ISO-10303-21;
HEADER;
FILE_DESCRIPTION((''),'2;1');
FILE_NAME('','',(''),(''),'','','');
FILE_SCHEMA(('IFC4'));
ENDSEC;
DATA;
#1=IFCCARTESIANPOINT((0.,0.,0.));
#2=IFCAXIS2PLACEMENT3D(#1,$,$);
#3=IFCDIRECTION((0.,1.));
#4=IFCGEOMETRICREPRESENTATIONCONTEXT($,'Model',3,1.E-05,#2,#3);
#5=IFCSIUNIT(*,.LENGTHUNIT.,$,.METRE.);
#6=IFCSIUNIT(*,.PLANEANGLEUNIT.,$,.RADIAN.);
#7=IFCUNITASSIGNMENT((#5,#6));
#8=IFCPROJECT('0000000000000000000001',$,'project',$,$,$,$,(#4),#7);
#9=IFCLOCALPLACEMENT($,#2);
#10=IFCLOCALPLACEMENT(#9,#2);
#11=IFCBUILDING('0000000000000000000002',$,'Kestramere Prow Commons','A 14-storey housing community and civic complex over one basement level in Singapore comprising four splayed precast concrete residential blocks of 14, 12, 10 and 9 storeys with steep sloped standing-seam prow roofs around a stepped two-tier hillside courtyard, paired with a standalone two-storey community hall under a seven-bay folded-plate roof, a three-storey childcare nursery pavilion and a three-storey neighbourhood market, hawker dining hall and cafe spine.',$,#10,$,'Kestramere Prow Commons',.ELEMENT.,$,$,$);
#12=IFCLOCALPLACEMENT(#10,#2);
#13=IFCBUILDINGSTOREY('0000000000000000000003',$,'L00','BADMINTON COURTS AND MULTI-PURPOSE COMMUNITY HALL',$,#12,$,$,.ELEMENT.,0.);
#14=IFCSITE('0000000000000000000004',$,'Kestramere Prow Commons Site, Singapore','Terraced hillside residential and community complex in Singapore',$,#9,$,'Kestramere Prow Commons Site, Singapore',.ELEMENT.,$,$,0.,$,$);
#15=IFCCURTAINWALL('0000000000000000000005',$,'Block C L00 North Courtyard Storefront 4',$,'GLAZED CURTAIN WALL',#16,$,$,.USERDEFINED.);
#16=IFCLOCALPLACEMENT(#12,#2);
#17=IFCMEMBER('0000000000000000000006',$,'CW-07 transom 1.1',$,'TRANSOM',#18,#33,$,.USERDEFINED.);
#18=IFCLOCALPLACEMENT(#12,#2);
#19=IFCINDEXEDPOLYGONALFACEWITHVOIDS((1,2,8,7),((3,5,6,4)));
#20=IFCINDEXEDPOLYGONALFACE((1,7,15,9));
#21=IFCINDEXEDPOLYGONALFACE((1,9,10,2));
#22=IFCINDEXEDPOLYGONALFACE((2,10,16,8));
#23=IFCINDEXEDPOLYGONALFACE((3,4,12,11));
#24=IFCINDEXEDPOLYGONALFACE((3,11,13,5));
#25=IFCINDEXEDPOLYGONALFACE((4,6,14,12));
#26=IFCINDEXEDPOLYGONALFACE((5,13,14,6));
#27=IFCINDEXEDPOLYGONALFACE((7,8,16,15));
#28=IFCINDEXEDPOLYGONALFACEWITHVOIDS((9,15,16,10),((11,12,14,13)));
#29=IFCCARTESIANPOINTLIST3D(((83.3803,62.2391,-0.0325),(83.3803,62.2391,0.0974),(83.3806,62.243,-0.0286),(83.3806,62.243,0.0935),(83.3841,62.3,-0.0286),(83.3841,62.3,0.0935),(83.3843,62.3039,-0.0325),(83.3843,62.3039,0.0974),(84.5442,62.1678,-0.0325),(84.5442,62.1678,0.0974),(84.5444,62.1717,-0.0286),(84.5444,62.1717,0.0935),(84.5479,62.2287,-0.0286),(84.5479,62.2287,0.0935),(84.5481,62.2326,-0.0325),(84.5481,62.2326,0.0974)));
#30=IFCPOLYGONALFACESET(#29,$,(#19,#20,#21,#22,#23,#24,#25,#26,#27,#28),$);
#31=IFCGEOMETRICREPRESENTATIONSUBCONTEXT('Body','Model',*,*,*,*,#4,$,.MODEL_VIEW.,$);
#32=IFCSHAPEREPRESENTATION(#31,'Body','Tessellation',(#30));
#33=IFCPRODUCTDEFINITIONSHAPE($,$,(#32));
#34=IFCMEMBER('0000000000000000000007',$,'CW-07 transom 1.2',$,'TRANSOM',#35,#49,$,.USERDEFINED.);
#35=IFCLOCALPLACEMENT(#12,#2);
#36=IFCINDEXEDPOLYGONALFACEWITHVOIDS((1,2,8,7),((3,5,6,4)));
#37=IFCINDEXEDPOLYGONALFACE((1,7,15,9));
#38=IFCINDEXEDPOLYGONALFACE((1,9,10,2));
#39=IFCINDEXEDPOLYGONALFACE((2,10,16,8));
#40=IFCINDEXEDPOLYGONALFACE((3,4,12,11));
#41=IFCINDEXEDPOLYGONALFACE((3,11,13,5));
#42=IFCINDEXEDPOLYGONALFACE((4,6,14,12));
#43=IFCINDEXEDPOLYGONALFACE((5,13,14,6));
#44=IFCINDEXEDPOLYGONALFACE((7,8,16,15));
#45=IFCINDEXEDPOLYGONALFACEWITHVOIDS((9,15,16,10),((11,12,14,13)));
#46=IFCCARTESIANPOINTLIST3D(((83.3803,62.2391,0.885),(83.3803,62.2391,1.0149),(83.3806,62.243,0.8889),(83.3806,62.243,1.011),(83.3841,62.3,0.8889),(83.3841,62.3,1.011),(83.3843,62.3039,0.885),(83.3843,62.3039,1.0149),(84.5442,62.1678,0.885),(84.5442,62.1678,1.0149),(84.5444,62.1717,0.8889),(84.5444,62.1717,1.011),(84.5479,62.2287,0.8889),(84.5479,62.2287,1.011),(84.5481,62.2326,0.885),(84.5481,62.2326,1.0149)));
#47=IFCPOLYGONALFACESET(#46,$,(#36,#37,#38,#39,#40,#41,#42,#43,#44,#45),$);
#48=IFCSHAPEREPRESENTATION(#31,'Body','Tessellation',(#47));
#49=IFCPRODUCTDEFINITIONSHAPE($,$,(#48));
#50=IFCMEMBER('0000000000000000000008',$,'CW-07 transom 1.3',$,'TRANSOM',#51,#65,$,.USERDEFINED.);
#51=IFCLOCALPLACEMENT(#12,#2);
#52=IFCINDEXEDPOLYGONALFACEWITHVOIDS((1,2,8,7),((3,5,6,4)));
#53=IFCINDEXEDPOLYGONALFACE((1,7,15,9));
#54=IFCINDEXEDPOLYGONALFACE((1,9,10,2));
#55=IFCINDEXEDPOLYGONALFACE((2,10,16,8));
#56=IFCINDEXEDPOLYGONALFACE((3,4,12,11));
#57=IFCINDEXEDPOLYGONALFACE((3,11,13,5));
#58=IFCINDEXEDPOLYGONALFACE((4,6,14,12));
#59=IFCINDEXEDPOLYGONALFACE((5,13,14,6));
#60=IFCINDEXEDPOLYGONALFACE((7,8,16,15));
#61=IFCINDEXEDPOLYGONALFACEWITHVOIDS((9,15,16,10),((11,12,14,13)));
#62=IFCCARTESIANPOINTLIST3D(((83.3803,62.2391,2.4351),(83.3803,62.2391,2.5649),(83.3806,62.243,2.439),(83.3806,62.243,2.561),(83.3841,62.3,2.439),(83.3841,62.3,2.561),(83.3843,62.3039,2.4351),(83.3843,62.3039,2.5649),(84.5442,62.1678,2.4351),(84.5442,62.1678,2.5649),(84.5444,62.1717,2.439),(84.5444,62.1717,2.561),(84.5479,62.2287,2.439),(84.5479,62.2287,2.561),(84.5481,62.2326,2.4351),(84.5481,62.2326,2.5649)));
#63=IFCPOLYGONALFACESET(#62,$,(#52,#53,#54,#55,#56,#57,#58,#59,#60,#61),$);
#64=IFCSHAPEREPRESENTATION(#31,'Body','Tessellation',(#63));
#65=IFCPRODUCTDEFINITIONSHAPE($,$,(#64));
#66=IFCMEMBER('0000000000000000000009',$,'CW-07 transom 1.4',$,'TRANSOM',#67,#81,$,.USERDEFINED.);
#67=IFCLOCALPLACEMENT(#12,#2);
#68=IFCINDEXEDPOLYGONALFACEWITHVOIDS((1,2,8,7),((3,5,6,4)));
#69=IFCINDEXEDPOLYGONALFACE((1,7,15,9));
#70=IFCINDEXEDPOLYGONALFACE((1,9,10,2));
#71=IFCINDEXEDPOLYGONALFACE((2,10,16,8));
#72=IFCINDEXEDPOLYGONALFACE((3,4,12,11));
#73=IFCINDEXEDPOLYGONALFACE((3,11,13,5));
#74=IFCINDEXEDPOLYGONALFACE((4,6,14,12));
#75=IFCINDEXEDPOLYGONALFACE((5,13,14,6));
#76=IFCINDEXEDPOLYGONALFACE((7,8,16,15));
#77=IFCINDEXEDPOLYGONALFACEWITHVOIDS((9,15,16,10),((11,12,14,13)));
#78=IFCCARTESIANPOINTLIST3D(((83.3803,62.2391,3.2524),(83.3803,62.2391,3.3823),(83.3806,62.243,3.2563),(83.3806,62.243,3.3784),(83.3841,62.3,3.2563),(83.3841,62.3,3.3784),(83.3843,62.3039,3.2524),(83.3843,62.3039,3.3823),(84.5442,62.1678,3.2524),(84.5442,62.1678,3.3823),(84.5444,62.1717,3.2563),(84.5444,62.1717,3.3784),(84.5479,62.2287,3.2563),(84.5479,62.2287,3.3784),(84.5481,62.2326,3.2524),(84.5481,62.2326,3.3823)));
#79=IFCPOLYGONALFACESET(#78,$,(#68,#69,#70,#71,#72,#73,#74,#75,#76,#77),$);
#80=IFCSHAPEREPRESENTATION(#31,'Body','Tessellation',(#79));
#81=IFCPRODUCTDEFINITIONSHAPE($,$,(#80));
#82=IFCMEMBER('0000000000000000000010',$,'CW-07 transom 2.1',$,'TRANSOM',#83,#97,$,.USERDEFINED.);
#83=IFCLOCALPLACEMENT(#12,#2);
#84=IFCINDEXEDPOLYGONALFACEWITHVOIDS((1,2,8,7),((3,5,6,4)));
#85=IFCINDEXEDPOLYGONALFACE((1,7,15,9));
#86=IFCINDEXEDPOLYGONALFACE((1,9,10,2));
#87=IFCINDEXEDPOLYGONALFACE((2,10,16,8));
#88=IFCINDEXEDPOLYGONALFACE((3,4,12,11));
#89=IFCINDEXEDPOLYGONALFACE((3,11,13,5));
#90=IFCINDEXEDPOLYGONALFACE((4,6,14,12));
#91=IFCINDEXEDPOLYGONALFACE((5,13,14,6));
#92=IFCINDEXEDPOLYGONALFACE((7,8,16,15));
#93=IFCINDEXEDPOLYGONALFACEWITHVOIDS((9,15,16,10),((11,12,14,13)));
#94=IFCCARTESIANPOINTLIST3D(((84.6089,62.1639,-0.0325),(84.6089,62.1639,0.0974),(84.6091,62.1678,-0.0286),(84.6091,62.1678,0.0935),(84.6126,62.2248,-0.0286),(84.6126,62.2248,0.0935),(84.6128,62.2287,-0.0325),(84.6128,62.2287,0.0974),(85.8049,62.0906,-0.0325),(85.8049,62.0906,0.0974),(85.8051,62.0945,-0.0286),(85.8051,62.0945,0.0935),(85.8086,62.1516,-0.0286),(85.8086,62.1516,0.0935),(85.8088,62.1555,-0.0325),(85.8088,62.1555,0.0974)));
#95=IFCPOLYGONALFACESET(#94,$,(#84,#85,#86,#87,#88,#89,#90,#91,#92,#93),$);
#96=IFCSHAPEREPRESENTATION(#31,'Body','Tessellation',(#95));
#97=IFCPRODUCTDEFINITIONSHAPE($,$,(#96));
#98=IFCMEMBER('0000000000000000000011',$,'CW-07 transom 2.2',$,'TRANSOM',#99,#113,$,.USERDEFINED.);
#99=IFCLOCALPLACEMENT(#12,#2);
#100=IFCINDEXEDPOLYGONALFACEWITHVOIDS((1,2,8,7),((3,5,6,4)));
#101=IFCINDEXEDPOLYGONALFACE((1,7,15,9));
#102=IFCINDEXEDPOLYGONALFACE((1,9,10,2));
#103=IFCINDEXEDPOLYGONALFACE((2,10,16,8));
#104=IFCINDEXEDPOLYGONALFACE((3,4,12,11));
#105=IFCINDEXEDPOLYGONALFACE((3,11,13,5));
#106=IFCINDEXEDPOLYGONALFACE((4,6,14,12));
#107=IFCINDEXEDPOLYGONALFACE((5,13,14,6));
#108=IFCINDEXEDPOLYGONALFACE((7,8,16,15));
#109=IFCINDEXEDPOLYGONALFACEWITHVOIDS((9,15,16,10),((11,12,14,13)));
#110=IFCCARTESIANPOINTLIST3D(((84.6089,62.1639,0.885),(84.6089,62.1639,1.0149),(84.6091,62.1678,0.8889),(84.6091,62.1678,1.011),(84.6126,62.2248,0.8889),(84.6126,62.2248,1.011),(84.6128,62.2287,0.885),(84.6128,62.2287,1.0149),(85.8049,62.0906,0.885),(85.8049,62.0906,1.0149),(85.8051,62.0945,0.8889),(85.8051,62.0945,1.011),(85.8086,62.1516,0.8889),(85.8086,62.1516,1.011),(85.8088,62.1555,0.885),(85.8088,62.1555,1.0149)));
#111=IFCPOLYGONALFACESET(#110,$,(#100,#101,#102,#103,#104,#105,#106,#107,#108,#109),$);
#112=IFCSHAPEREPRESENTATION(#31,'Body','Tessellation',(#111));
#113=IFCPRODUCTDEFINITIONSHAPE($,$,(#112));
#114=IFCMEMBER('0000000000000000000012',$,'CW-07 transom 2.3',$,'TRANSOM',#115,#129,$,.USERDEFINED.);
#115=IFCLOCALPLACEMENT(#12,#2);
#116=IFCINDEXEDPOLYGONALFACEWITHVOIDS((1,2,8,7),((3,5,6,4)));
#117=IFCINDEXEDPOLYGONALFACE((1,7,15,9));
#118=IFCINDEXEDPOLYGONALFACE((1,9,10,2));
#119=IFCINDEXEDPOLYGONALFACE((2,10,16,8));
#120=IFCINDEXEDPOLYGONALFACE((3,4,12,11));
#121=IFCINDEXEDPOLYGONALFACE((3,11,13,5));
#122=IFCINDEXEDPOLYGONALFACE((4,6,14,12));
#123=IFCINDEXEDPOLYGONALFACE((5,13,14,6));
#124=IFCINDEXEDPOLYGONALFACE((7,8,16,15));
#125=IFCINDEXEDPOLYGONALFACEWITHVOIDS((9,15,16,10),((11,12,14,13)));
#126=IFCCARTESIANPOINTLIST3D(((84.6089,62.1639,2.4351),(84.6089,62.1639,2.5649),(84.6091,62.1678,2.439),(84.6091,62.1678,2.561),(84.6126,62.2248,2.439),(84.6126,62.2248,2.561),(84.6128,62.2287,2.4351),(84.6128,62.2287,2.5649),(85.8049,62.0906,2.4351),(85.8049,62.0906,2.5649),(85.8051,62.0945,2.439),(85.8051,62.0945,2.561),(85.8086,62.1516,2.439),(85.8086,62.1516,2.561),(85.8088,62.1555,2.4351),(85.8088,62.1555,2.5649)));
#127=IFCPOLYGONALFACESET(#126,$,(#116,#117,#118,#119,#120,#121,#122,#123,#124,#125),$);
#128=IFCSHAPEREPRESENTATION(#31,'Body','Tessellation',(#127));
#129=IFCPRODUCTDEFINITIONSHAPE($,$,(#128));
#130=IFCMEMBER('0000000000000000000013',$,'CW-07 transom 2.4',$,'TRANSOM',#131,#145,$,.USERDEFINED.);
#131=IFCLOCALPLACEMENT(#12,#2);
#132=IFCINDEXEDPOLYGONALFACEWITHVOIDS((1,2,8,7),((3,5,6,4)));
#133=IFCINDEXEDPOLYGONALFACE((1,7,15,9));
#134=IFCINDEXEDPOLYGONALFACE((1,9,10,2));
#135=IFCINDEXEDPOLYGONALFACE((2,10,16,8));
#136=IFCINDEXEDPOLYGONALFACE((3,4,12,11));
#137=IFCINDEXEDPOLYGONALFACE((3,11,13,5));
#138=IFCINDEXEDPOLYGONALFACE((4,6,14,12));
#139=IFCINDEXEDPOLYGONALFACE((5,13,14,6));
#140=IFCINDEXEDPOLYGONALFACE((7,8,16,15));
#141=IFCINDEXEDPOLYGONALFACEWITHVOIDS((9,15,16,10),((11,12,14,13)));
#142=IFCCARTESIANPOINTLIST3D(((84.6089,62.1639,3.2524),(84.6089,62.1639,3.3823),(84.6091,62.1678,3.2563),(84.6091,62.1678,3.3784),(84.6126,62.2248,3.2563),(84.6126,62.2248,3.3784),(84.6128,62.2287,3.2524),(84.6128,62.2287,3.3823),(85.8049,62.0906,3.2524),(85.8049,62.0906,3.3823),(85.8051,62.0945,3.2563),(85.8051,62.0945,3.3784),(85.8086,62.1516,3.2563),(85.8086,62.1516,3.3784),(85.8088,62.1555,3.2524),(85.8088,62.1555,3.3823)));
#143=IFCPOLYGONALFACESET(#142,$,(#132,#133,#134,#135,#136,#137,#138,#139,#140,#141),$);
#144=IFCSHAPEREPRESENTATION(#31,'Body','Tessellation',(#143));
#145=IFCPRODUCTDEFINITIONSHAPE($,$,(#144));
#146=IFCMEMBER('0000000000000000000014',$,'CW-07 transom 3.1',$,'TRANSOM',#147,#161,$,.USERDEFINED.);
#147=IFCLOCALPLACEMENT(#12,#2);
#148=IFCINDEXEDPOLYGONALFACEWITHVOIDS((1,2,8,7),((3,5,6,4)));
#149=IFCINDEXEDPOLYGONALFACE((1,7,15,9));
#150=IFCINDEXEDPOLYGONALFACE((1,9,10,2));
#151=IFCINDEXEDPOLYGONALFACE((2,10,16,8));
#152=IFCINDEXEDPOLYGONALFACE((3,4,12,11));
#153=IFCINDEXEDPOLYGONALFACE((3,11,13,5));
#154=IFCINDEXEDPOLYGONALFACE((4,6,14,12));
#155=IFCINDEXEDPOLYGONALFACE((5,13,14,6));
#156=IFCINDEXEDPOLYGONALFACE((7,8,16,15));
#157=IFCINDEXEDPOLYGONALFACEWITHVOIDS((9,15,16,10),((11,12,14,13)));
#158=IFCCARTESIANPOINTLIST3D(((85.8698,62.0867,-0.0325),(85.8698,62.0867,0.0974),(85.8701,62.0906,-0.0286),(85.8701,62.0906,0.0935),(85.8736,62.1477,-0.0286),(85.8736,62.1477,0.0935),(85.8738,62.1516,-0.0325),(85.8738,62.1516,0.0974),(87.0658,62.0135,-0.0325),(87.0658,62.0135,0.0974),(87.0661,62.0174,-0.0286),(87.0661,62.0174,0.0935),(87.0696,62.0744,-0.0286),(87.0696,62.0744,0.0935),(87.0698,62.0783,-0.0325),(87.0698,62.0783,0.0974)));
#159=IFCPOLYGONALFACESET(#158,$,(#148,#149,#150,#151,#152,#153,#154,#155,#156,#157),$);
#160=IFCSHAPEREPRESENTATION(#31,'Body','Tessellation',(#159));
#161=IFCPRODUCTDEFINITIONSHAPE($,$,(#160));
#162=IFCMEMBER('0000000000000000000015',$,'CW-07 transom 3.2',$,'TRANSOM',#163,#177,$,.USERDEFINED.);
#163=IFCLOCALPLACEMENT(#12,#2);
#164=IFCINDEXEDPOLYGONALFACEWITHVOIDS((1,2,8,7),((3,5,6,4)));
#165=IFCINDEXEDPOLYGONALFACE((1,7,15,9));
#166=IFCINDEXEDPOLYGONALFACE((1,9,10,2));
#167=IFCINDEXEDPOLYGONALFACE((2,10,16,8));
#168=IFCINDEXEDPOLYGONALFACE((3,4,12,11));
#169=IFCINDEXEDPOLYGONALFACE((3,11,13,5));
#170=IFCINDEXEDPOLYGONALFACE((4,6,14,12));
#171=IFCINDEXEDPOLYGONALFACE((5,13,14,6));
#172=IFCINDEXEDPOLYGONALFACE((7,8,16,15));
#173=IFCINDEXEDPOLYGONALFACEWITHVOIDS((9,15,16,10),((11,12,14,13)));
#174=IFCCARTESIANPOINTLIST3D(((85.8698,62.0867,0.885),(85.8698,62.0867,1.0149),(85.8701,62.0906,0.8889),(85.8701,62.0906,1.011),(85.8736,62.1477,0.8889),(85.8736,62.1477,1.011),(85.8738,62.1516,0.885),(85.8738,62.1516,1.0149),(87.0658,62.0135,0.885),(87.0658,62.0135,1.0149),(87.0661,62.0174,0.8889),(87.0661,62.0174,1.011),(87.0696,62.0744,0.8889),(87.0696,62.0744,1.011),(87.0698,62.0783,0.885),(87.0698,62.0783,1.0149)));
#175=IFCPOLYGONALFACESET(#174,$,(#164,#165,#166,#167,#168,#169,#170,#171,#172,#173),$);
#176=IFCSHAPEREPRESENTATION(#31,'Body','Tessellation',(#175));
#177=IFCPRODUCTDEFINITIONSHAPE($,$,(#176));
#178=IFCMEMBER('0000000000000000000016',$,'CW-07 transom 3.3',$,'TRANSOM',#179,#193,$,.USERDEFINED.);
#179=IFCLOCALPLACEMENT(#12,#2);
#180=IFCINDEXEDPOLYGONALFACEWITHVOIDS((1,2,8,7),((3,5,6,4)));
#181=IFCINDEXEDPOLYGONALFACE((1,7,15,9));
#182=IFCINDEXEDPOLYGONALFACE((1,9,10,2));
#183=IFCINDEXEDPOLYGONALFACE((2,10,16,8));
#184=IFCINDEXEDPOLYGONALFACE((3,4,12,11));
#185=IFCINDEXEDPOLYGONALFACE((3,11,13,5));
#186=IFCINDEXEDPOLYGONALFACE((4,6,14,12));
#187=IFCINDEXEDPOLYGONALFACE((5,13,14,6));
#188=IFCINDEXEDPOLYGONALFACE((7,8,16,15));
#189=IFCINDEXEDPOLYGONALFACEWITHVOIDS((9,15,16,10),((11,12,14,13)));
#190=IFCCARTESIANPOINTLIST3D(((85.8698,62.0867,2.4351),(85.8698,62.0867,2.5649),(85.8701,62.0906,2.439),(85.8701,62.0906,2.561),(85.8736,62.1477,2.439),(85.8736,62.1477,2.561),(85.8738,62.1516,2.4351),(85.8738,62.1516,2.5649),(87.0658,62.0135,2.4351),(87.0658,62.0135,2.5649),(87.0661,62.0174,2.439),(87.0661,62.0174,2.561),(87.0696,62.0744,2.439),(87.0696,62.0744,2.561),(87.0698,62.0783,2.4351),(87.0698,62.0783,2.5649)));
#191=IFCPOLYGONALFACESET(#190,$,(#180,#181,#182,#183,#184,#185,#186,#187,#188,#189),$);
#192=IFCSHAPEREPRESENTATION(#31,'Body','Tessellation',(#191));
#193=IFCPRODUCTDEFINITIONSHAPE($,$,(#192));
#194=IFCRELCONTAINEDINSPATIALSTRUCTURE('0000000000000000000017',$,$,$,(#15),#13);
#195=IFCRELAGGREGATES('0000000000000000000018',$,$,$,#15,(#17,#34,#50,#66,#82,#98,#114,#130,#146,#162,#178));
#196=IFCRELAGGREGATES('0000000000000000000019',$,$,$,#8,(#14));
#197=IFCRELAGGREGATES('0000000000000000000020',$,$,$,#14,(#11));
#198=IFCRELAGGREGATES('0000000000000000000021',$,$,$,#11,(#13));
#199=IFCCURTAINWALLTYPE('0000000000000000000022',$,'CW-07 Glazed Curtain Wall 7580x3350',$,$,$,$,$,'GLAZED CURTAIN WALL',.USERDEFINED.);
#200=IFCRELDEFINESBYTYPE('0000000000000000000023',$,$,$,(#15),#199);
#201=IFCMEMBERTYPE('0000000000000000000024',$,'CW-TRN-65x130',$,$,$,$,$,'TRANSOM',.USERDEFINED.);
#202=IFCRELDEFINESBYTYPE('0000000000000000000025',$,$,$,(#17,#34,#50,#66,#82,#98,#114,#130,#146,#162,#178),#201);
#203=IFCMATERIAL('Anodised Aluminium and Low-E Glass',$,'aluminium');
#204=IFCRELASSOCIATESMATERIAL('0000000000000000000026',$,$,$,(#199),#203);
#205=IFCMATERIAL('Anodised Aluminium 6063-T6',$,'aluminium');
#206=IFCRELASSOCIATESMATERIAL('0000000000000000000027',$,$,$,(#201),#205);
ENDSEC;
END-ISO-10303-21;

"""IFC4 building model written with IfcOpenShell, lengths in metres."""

from ifc_helpers import new_model, si_unit, direction, frame, origin, origin_2d, place, context, subcontext, project, spatial, hollow_rectangle, extrude, material, material_profile, profile_set, type_object, element, aggregate, save


model = new_model("IFC4")

# Units and contexts
model_context = context("Model", 3, precision=1e-05, world=origin(), true_north=direction((0.0, 1.0)))
body_context = subcontext(model_context, "Body", "Model", "MODEL_VIEW")
ifc_project = project(units=[si_unit("LENGTHUNIT", "METRE"), si_unit("PLANEANGLEUNIT", "RADIAN")], contexts=[model_context])

# Site, building, storey
site_placement = place(None, origin())
site = spatial("IfcSite", under=ifc_project, at=site_placement, Name="Kestramere Prow Commons Site, Singapore", Description="Terraced hillside residential and community complex in Singapore", LongName="Kestramere Prow Commons Site, Singapore", CompositionType="ELEMENT", RefElevation=0.0)
building_placement = place(site_placement, origin())
building = spatial("IfcBuilding", under=site, at=building_placement, Name="Kestramere Prow Commons", Description="A 14-storey housing community and civic complex over one basement level in Singapore comprising four splayed precast concrete residential blocks of 14, 12, 10 and 9 storeys with steep sloped standing-seam prow roofs around a stepped two-tier hillside courtyard, paired with a standalone two-storey community hall under a seven-bay folded-plate roof, a three-storey childcare nursery pavilion and a three-storey neighbourhood market, hawker dining hall and cafe spine.", LongName="Kestramere Prow Commons", CompositionType="ELEMENT")
storey_placement = place(building_placement, origin())
storey = spatial("IfcBuildingStorey", under=building, at=storey_placement, Name="L00", Description="BADMINTON COURTS AND MULTI-PURPOSE COMMUNITY HALL", CompositionType="ELEMENT", Elevation=0.0)

# Curtain wall, members
ifc_material_1 = material(Name="Anodised Aluminium and Low-E Glass", Category="aluminium")
curtain_wall_type = type_object("IfcCurtainWallType", Name="CW-07 Glazed Curtain Wall 7580x3350", ElementType="GLAZED CURTAIN WALL", PredefinedType="USERDEFINED", material=ifc_material_1)
curtain_wall_placement = place(storey_placement, origin())
curtain_wall = element("IfcCurtainWall", 1, at=curtain_wall_placement, inside=storey, type_object=curtain_wall_type, Name="Block C L00 North Courtyard Storefront 4", ObjectType="GLAZED CURTAIN WALL", PredefinedType="USERDEFINED")
ifc_material_2 = material(Name="Anodised Aluminium 6063-T6", Category="aluminium")
ifc_material_profile_1 = material_profile(ifc_material_2, hollow_rectangle(XDim=0.0649, YDim=0.1299, WallThickness=0.0039, at=origin_2d()), Name="ALU-TRN 65x130")
ifc_profile_set_1 = profile_set([ifc_material_profile_1], Name="Anodised Aluminium 6063-T6")
member_type_1 = type_object("IfcMemberType", Name="CW-TRN-65x130", ElementType="TRANSOM", PredefinedType="USERDEFINED", material=ifc_profile_set_1)
member_1_placement = place(storey_placement, frame((83.3823, 62.2715, 0.0325), z_axis=(0.998129, -0.06114, 0.0), x_axis=(0.06114, 0.998129, 0.0)))
member_1 = element("IfcMember", 2, at=member_1_placement, type_object=member_type_1, Name="CW-07 transom 1.1", ObjectType="TRANSOM", PredefinedType="USERDEFINED", context=body_context, shape_type="SweptSolid", body=[
    extrude(hollow_rectangle(XDim=0.0649, YDim=0.1299, WallThickness=0.0039, at=origin_2d()), origin(), (0.0, 0.0, 1.0), 1.166),
])
member_2_placement = place(storey_placement, frame((83.3823, 62.2715, 0.95), z_axis=(0.998129, -0.06114, 0.0), x_axis=(0.06114, 0.998129, 0.0)))
member_2 = element("IfcMember", 3, at=member_2_placement, type_object=member_type_1, Name="CW-07 transom 1.2", ObjectType="TRANSOM", PredefinedType="USERDEFINED", context=body_context, shape_type="SweptSolid", body=[
    extrude(hollow_rectangle(XDim=0.0649, YDim=0.1299, WallThickness=0.0039, at=origin_2d()), origin(), (0.0, 0.0, 1.0), 1.166),
])
member_3_placement = place(storey_placement, frame((83.3823, 62.2715, 2.5), z_axis=(0.998129, -0.06114, 0.0), x_axis=(0.06114, 0.998129, 0.0)))
member_3 = element("IfcMember", 4, at=member_3_placement, type_object=member_type_1, Name="CW-07 transom 1.3", ObjectType="TRANSOM", PredefinedType="USERDEFINED", context=body_context, shape_type="SweptSolid", body=[
    extrude(hollow_rectangle(XDim=0.0649, YDim=0.1299, WallThickness=0.0039, at=origin_2d()), origin(), (0.0, 0.0, 1.0), 1.166),
])
member_4_placement = place(storey_placement, frame((83.3823, 62.2715, 3.3174), z_axis=(0.998129, -0.06114, 0.0), x_axis=(0.06114, 0.998129, 0.0)))
member_4 = element("IfcMember", 5, at=member_4_placement, type_object=member_type_1, Name="CW-07 transom 1.4", ObjectType="TRANSOM", PredefinedType="USERDEFINED", context=body_context, shape_type="SweptSolid", body=[
    extrude(hollow_rectangle(XDim=0.0649, YDim=0.1299, WallThickness=0.0039, at=origin_2d()), origin(), (0.0, 0.0, 1.0), 1.166),
])
member_5_placement = place(storey_placement, frame((84.6108, 62.1963, 0.0325), z_axis=(0.99813, -0.061122, 0.0), x_axis=(0.061122, 0.99813, 0.0)))
member_5 = element("IfcMember", 6, at=member_5_placement, type_object=member_type_1, Name="CW-07 transom 2.1", ObjectType="TRANSOM", PredefinedType="USERDEFINED", context=body_context, shape_type="SweptSolid", body=[
    extrude(hollow_rectangle(XDim=0.0649, YDim=0.1299, WallThickness=0.0039, at=origin_2d()), origin(), (0.0, 0.0, 1.0), 1.1982),
])
member_6_placement = place(storey_placement, frame((84.6108, 62.1963, 0.95), z_axis=(0.99813, -0.061122, 0.0), x_axis=(0.061122, 0.99813, 0.0)))
member_6 = element("IfcMember", 7, at=member_6_placement, type_object=member_type_1, Name="CW-07 transom 2.2", ObjectType="TRANSOM", PredefinedType="USERDEFINED", context=body_context, shape_type="SweptSolid", body=[
    extrude(hollow_rectangle(XDim=0.0649, YDim=0.1299, WallThickness=0.0039, at=origin_2d()), origin(), (0.0, 0.0, 1.0), 1.1982),
])
member_7_placement = place(storey_placement, frame((84.6108, 62.1963, 2.5), z_axis=(0.99813, -0.061122, 0.0), x_axis=(0.061122, 0.99813, 0.0)))
member_7 = element("IfcMember", 8, at=member_7_placement, type_object=member_type_1, Name="CW-07 transom 2.3", ObjectType="TRANSOM", PredefinedType="USERDEFINED", context=body_context, shape_type="SweptSolid", body=[
    extrude(hollow_rectangle(XDim=0.0649, YDim=0.1299, WallThickness=0.0039, at=origin_2d()), origin(), (0.0, 0.0, 1.0), 1.1982),
])
member_8_placement = place(storey_placement, frame((84.6108, 62.1963, 3.3174), z_axis=(0.99813, -0.061122, 0.0), x_axis=(0.061122, 0.99813, 0.0)))
member_8 = element("IfcMember", 9, at=member_8_placement, type_object=member_type_1, Name="CW-07 transom 2.4", ObjectType="TRANSOM", PredefinedType="USERDEFINED", context=body_context, shape_type="SweptSolid", body=[
    extrude(hollow_rectangle(XDim=0.0649, YDim=0.1299, WallThickness=0.0039, at=origin_2d()), origin(), (0.0, 0.0, 1.0), 1.1982),
])
member_9_placement = place(storey_placement, frame((85.8718, 62.1191, 0.0325), z_axis=(0.99813, -0.061122, 0.0), x_axis=(0.061122, 0.99813, 0.0)))
member_9 = element("IfcMember", 10, at=member_9_placement, type_object=member_type_1, Name="CW-07 transom 3.1", ObjectType="TRANSOM", PredefinedType="USERDEFINED", context=body_context, shape_type="SweptSolid", body=[
    extrude(hollow_rectangle(XDim=0.0649, YDim=0.1299, WallThickness=0.0039, at=origin_2d()), origin(), (0.0, 0.0, 1.0), 1.1982),
])
member_10_placement = place(storey_placement, frame((85.8718, 62.1191, 0.95), z_axis=(0.99813, -0.061122, 0.0), x_axis=(0.061122, 0.99813, 0.0)))
member_10 = element("IfcMember", 11, at=member_10_placement, type_object=member_type_1, Name="CW-07 transom 3.2", ObjectType="TRANSOM", PredefinedType="USERDEFINED", context=body_context, shape_type="SweptSolid", body=[
    extrude(hollow_rectangle(XDim=0.0649, YDim=0.1299, WallThickness=0.0039, at=origin_2d()), origin(), (0.0, 0.0, 1.0), 1.1982),
])
member_11_placement = place(storey_placement, frame((85.8718, 62.1191, 2.5), z_axis=(0.99813, -0.061122, 0.0), x_axis=(0.061122, 0.99813, 0.0)))
member_11 = element("IfcMember", 12, at=member_11_placement, type_object=member_type_1, Name="CW-07 transom 3.3", ObjectType="TRANSOM", PredefinedType="USERDEFINED", context=body_context, shape_type="SweptSolid", body=[
    extrude(hollow_rectangle(XDim=0.0649, YDim=0.1299, WallThickness=0.0039, at=origin_2d()), origin(), (0.0, 0.0, 1.0), 1.1982),
])
aggregate(curtain_wall, [member_1, member_2, member_3, member_4, member_5, member_6, member_7, member_8, member_9, member_10, member_11])

save(model, "model.ifc")
